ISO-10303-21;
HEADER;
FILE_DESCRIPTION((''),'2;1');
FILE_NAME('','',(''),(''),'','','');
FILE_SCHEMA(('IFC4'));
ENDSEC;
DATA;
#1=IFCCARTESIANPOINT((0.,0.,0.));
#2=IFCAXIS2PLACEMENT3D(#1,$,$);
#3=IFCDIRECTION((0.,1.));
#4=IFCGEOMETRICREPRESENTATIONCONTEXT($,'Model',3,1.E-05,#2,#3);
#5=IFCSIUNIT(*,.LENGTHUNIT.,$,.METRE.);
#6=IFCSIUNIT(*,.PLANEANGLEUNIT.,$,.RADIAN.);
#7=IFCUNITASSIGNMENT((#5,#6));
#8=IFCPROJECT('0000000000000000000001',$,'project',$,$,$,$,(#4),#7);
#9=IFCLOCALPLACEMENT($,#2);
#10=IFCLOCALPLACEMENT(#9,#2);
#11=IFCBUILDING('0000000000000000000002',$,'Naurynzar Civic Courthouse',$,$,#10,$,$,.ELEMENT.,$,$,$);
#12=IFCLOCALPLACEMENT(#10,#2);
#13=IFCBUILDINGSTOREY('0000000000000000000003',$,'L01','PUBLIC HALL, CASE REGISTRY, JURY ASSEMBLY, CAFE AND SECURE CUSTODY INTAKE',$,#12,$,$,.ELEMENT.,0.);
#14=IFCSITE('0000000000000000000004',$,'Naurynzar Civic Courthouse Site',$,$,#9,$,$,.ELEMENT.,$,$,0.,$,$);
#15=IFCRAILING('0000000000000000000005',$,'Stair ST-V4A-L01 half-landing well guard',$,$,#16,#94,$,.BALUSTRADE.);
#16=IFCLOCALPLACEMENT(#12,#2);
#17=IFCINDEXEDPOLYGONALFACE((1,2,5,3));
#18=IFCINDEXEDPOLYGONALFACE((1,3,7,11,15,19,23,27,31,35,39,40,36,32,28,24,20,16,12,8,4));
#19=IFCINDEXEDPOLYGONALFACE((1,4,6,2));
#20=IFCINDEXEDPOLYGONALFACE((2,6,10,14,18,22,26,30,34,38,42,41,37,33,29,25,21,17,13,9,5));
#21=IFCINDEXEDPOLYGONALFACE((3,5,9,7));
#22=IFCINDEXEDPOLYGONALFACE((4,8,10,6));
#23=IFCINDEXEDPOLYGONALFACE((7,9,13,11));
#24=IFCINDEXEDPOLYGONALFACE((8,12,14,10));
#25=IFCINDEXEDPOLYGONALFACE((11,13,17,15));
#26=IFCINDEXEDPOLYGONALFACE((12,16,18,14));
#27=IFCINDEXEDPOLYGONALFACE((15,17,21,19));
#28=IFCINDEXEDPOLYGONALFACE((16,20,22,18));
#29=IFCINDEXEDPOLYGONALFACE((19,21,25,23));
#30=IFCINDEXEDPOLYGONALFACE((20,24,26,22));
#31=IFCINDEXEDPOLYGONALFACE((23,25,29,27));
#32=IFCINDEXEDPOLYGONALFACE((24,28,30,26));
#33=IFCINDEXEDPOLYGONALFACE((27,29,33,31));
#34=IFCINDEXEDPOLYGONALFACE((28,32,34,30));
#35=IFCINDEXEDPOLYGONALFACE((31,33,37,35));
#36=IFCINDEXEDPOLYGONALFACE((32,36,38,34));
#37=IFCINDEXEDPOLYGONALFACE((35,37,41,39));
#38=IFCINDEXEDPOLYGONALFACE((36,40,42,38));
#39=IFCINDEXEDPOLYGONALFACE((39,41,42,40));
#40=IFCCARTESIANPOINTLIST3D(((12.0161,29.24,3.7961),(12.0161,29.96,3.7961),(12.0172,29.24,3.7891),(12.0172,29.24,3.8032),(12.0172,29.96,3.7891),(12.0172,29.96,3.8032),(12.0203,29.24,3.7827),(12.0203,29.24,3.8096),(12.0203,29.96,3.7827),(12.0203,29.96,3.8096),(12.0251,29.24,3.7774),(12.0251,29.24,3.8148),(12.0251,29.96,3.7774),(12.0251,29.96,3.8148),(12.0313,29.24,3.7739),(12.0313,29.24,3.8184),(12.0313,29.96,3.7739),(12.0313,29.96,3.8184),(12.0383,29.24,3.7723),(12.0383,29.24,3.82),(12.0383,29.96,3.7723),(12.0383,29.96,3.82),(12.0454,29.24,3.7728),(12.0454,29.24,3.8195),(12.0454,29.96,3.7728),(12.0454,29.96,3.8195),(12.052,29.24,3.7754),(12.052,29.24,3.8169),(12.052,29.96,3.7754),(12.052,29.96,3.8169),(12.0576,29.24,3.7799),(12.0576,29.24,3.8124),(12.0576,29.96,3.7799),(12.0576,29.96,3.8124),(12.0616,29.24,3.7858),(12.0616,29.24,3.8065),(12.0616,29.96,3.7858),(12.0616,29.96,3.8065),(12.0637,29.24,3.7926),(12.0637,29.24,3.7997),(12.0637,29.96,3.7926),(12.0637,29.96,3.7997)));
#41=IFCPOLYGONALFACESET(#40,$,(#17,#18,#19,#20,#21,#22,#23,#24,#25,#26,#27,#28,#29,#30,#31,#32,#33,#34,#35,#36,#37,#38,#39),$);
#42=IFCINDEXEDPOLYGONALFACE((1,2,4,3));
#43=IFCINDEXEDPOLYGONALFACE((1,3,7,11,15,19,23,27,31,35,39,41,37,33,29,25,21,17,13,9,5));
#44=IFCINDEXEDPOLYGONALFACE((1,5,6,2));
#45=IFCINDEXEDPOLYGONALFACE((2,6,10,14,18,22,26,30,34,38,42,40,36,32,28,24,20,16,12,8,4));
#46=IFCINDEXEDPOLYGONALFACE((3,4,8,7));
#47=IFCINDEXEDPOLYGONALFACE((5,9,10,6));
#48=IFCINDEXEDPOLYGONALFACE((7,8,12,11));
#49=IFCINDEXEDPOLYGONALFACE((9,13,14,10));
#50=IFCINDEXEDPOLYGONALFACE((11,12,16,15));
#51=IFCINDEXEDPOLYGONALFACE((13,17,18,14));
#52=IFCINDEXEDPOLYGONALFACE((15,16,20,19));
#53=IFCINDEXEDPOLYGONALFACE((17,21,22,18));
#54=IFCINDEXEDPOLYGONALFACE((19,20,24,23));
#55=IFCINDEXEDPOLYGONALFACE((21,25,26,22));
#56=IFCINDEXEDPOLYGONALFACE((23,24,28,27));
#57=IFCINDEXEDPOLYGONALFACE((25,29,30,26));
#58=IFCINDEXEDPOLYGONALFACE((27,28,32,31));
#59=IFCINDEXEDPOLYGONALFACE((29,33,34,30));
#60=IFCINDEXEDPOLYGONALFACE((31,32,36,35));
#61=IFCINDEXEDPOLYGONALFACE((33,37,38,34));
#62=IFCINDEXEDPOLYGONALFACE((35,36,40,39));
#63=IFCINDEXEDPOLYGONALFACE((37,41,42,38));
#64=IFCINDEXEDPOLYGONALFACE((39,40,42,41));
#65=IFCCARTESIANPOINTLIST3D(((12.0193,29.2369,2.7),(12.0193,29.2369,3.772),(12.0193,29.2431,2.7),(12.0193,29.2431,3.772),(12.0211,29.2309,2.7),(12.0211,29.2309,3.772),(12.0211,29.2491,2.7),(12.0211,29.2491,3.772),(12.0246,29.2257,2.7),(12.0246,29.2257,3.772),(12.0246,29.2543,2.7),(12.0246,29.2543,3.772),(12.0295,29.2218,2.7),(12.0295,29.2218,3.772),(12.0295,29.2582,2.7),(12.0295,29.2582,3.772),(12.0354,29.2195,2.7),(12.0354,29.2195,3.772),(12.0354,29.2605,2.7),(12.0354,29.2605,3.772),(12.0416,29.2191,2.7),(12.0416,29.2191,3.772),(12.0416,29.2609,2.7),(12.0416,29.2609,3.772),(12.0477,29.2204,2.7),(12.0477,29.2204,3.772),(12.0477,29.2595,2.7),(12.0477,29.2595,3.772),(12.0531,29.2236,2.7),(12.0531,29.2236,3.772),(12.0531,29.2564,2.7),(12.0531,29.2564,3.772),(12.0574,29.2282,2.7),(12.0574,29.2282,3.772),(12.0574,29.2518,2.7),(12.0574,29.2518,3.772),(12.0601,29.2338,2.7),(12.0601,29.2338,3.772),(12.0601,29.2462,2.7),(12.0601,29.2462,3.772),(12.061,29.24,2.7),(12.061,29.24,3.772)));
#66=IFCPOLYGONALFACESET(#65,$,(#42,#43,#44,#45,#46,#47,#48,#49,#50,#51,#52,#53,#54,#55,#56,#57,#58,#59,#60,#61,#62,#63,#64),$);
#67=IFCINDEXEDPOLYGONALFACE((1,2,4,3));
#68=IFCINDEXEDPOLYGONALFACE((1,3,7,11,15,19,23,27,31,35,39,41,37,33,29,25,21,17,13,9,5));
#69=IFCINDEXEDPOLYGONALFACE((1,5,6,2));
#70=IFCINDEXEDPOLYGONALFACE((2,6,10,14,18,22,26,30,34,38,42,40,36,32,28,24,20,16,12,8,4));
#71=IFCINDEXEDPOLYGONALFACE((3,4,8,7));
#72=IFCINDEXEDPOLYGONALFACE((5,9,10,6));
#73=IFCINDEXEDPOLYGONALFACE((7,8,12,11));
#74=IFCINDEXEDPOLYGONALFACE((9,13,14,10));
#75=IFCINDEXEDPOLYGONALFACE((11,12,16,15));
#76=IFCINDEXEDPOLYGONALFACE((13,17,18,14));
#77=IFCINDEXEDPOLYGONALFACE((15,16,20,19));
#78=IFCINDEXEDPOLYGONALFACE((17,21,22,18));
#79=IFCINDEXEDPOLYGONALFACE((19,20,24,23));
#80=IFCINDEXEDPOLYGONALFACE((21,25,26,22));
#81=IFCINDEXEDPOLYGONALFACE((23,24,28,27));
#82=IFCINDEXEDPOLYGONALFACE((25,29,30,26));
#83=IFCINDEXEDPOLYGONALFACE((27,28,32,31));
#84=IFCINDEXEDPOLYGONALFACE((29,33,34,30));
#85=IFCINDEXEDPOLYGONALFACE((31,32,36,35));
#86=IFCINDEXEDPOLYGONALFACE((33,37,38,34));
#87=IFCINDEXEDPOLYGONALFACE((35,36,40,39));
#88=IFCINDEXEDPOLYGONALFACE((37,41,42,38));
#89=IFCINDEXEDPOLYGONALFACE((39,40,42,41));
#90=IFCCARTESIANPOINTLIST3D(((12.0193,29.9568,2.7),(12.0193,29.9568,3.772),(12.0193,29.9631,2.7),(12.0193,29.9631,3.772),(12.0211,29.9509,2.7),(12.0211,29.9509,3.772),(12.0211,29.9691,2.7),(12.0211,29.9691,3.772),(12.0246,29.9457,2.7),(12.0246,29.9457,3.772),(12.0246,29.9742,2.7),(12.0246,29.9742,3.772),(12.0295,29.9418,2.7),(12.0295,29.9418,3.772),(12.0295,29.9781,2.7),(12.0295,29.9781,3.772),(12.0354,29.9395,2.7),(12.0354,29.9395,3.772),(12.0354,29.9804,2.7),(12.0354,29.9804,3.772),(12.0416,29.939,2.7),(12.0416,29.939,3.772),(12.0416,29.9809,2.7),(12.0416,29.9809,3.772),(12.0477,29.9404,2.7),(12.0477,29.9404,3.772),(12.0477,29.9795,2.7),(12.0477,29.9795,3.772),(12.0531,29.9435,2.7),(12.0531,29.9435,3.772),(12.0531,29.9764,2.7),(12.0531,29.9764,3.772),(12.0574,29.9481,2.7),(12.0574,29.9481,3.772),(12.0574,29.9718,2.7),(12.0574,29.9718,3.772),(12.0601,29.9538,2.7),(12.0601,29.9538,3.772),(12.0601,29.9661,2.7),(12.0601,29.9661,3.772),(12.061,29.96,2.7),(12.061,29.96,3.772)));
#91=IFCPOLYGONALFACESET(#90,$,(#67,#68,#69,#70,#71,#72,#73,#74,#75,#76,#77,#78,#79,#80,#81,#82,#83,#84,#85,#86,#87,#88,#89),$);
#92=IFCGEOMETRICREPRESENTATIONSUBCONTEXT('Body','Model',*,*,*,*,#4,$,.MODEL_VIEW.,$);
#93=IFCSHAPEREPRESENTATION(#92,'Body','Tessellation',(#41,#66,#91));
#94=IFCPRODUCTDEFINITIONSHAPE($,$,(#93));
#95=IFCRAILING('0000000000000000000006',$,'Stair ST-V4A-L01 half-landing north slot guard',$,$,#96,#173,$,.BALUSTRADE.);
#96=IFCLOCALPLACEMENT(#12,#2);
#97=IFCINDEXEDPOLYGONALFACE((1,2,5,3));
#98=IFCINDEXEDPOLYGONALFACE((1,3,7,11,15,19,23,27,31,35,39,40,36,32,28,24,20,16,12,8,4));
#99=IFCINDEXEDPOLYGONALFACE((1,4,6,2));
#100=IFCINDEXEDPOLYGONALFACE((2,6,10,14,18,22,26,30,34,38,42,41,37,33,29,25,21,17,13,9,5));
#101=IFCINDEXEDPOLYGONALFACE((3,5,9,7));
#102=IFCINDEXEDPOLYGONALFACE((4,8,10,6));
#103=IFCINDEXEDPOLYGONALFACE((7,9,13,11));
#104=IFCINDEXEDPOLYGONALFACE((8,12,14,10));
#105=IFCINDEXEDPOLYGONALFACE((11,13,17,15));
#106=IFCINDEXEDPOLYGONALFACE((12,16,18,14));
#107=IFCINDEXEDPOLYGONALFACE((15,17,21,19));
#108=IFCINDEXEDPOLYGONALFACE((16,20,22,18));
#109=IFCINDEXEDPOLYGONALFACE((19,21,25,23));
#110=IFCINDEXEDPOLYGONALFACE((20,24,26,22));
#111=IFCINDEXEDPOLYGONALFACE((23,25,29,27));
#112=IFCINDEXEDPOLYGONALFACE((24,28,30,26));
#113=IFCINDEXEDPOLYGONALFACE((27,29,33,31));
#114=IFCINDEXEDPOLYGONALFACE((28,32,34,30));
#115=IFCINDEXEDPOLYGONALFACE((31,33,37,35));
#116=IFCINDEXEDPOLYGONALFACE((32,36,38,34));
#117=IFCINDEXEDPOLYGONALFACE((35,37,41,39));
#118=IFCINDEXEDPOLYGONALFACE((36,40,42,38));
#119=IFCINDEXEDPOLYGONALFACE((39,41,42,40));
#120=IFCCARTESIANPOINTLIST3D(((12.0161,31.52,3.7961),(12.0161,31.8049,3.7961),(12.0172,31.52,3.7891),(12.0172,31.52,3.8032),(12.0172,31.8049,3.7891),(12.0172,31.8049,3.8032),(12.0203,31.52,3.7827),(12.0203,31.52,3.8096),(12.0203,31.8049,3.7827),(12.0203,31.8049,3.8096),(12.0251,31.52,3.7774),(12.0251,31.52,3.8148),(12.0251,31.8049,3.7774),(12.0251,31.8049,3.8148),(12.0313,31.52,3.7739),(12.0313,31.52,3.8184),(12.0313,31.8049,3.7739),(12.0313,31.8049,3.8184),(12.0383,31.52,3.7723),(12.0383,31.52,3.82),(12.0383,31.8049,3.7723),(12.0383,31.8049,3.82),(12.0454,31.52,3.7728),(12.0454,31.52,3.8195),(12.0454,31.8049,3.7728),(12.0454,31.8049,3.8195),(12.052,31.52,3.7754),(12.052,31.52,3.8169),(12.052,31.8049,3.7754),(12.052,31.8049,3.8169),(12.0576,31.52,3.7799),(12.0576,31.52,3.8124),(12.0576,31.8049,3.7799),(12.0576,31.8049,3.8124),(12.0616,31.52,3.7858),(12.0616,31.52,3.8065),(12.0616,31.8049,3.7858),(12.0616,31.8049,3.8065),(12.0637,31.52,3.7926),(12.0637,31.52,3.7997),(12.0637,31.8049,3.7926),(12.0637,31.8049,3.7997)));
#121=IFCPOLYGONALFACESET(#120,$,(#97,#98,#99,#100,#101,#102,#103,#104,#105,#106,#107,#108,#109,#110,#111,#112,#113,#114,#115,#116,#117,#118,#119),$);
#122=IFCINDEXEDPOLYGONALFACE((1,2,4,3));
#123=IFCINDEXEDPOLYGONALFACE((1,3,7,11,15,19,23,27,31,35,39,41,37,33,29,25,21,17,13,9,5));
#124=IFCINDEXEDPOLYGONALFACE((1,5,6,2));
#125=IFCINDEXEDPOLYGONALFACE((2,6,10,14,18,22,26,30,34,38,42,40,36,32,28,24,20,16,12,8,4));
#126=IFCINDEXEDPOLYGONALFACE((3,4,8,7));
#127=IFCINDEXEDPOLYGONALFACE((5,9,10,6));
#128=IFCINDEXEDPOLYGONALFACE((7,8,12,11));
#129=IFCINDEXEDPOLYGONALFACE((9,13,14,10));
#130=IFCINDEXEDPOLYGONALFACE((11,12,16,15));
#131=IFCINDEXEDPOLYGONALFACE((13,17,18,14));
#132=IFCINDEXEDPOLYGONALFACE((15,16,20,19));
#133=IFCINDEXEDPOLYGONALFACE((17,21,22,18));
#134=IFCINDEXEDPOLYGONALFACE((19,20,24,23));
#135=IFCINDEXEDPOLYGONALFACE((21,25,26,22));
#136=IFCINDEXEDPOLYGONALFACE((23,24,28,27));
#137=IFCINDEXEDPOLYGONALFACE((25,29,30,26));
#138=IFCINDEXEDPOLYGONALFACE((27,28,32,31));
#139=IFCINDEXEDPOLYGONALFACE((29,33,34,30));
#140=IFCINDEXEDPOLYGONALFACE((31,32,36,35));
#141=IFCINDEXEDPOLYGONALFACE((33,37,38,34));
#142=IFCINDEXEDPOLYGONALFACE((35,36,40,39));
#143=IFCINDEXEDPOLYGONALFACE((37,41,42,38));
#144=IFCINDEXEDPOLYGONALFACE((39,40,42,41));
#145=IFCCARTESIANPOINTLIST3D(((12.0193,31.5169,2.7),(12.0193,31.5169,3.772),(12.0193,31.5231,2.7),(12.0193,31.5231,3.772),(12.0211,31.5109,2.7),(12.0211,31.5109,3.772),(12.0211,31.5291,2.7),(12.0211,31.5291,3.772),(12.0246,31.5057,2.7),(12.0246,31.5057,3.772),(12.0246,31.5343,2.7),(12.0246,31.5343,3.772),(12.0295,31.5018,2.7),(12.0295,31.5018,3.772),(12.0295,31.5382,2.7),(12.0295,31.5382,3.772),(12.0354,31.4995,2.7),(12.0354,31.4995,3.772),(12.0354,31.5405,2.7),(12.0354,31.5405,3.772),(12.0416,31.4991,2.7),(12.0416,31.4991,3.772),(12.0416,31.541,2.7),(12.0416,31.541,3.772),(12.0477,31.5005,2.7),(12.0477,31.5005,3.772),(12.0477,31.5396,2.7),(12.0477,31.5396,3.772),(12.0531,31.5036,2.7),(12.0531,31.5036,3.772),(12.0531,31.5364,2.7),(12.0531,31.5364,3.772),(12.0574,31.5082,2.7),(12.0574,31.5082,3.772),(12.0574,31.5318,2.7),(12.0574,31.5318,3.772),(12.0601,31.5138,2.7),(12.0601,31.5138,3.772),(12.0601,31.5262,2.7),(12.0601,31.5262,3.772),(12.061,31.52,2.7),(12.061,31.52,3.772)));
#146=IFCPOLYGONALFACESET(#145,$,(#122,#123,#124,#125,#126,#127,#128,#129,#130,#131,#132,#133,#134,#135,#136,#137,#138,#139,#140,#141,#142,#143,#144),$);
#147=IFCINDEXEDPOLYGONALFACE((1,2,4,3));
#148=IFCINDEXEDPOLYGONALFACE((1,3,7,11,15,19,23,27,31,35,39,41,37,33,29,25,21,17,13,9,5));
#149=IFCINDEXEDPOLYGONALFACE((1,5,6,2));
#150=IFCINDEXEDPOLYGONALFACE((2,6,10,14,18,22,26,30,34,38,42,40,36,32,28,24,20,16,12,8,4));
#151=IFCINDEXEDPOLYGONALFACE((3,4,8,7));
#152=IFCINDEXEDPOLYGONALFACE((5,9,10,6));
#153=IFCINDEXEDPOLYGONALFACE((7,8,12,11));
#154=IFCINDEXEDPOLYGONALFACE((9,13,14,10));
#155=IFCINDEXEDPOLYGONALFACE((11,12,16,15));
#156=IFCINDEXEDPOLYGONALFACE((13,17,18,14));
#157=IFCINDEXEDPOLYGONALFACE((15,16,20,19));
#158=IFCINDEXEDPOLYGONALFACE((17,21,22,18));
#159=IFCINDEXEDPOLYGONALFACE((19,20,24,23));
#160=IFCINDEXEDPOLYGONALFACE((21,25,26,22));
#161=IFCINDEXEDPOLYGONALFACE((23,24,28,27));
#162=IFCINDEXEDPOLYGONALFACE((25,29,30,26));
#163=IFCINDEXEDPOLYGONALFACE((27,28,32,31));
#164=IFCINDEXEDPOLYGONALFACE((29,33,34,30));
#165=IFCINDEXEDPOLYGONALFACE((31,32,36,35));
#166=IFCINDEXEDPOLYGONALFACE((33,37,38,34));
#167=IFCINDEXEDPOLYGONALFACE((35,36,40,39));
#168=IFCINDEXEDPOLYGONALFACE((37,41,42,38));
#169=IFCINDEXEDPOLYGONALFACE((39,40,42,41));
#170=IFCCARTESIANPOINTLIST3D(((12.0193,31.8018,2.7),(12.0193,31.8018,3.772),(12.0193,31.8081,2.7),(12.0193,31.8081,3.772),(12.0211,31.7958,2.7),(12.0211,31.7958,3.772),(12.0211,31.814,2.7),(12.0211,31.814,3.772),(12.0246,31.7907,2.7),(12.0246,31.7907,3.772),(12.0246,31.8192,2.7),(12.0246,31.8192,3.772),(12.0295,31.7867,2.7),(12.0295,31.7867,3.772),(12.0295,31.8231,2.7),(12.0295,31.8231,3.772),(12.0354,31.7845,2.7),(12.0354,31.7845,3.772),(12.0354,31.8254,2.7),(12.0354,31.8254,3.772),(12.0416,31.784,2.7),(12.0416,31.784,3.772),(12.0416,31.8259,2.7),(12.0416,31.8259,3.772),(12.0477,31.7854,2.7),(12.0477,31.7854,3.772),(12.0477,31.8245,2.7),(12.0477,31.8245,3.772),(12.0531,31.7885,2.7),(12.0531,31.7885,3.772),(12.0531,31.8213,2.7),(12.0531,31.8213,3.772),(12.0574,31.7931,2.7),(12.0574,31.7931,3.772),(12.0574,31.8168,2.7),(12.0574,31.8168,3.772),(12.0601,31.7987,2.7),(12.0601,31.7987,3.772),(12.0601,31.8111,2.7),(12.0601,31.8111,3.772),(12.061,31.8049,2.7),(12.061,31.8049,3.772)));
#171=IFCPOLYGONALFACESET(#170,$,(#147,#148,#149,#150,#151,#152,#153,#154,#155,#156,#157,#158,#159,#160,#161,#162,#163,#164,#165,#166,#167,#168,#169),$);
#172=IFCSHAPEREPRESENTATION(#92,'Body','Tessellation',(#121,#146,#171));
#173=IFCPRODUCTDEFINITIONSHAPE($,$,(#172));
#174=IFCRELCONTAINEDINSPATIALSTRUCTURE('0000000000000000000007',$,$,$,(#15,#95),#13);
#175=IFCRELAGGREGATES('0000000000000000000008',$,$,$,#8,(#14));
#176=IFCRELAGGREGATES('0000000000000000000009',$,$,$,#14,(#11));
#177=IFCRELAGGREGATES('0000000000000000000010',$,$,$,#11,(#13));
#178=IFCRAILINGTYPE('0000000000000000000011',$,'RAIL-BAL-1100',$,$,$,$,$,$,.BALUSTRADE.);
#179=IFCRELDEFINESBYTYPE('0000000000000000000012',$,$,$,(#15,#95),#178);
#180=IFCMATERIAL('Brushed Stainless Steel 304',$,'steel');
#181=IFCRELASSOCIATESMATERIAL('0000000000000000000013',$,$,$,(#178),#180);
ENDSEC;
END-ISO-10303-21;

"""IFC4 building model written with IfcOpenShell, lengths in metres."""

from ifc_helpers import new_model, si_unit, direction, frame, origin, origin_2d, place, context, subcontext, project, spatial, circle, extrude, material, type_object, element, save


model = new_model("IFC4")

# Units and contexts
model_context = context("Model", 3, precision=1e-05, world=origin(), true_north=direction((0.0, 1.0)))
body_context = subcontext(model_context, "Body", "Model", "MODEL_VIEW")
ifc_project = project(units=[si_unit("LENGTHUNIT", "METRE"), si_unit("PLANEANGLEUNIT", "RADIAN")], contexts=[model_context])

# Site, building, storey
site_placement = place(None, origin())
site = spatial("IfcSite", under=ifc_project, at=site_placement, Name="Naurynzar Civic Courthouse Site", CompositionType="ELEMENT", RefElevation=0.0)
building_placement = place(site_placement, origin())
building = spatial("IfcBuilding", under=site, at=building_placement, Name="Naurynzar Civic Courthouse", CompositionType="ELEMENT")
storey_placement = place(building_placement, origin())
storey = spatial("IfcBuildingStorey", under=building, at=storey_placement, Name="L01", Description="PUBLIC HALL, CASE REGISTRY, JURY ASSEMBLY, CAFE AND SECURE CUSTODY INTAKE", CompositionType="ELEMENT", Elevation=0.0)

# Railings
ifc_material_1 = material(Name="Brushed Stainless Steel 304", Category="steel")
railing_type = type_object("IfcRailingType", Name="RAIL-BAL-1100", PredefinedType="BALUSTRADE", material=ifc_material_1)
railing_1_placement = place(storey_placement, frame((12.04, 29.24, 2.7)))
element("IfcRailing", 1, at=railing_1_placement, inside=storey, type_object=railing_type, Name="Stair ST-V4A-L01 half-landing well guard", PredefinedType="BALUSTRADE", context=body_context, shape_type="SweptSolid", body=[
    extrude(circle(Radius=0.0239, at=origin_2d()), frame((0.0, 0.0, 1.0962), z_axis=(0.0, 1.0, 0.0), x_axis=(-1.0, 0.0, 0.0)), (0.0, 0.0, 1.0), 0.72),
    extrude(circle(Radius=0.021, at=origin_2d()), origin(), (0.0, 0.0, 1.0), 1.072),
    extrude(circle(Radius=0.021, at=origin_2d()), frame((0.0, 0.72, 0.0)), (0.0, 0.0, 1.0), 1.072),
])
railing_2_placement = place(storey_placement, frame((12.04, 31.52, 2.7)))
element("IfcRailing", 2, at=railing_2_placement, inside=storey, type_object=railing_type, Name="Stair ST-V4A-L01 half-landing north slot guard", PredefinedType="BALUSTRADE", context=body_context, shape_type="SweptSolid", body=[
    extrude(circle(Radius=0.0239, at=origin_2d()), frame((0.0, 0.0, 1.0962), z_axis=(0.0, 1.0, 0.0), x_axis=(-1.0, 0.0, 0.0)), (0.0, 0.0, 1.0), 0.2849),
    extrude(circle(Radius=0.021, at=origin_2d()), origin(), (0.0, 0.0, 1.0), 1.072),
    extrude(circle(Radius=0.021, at=origin_2d()), frame((0.0, 0.2849, 0.0)), (0.0, 0.0, 1.0), 1.072),
])

save(model, "model.ifc")
